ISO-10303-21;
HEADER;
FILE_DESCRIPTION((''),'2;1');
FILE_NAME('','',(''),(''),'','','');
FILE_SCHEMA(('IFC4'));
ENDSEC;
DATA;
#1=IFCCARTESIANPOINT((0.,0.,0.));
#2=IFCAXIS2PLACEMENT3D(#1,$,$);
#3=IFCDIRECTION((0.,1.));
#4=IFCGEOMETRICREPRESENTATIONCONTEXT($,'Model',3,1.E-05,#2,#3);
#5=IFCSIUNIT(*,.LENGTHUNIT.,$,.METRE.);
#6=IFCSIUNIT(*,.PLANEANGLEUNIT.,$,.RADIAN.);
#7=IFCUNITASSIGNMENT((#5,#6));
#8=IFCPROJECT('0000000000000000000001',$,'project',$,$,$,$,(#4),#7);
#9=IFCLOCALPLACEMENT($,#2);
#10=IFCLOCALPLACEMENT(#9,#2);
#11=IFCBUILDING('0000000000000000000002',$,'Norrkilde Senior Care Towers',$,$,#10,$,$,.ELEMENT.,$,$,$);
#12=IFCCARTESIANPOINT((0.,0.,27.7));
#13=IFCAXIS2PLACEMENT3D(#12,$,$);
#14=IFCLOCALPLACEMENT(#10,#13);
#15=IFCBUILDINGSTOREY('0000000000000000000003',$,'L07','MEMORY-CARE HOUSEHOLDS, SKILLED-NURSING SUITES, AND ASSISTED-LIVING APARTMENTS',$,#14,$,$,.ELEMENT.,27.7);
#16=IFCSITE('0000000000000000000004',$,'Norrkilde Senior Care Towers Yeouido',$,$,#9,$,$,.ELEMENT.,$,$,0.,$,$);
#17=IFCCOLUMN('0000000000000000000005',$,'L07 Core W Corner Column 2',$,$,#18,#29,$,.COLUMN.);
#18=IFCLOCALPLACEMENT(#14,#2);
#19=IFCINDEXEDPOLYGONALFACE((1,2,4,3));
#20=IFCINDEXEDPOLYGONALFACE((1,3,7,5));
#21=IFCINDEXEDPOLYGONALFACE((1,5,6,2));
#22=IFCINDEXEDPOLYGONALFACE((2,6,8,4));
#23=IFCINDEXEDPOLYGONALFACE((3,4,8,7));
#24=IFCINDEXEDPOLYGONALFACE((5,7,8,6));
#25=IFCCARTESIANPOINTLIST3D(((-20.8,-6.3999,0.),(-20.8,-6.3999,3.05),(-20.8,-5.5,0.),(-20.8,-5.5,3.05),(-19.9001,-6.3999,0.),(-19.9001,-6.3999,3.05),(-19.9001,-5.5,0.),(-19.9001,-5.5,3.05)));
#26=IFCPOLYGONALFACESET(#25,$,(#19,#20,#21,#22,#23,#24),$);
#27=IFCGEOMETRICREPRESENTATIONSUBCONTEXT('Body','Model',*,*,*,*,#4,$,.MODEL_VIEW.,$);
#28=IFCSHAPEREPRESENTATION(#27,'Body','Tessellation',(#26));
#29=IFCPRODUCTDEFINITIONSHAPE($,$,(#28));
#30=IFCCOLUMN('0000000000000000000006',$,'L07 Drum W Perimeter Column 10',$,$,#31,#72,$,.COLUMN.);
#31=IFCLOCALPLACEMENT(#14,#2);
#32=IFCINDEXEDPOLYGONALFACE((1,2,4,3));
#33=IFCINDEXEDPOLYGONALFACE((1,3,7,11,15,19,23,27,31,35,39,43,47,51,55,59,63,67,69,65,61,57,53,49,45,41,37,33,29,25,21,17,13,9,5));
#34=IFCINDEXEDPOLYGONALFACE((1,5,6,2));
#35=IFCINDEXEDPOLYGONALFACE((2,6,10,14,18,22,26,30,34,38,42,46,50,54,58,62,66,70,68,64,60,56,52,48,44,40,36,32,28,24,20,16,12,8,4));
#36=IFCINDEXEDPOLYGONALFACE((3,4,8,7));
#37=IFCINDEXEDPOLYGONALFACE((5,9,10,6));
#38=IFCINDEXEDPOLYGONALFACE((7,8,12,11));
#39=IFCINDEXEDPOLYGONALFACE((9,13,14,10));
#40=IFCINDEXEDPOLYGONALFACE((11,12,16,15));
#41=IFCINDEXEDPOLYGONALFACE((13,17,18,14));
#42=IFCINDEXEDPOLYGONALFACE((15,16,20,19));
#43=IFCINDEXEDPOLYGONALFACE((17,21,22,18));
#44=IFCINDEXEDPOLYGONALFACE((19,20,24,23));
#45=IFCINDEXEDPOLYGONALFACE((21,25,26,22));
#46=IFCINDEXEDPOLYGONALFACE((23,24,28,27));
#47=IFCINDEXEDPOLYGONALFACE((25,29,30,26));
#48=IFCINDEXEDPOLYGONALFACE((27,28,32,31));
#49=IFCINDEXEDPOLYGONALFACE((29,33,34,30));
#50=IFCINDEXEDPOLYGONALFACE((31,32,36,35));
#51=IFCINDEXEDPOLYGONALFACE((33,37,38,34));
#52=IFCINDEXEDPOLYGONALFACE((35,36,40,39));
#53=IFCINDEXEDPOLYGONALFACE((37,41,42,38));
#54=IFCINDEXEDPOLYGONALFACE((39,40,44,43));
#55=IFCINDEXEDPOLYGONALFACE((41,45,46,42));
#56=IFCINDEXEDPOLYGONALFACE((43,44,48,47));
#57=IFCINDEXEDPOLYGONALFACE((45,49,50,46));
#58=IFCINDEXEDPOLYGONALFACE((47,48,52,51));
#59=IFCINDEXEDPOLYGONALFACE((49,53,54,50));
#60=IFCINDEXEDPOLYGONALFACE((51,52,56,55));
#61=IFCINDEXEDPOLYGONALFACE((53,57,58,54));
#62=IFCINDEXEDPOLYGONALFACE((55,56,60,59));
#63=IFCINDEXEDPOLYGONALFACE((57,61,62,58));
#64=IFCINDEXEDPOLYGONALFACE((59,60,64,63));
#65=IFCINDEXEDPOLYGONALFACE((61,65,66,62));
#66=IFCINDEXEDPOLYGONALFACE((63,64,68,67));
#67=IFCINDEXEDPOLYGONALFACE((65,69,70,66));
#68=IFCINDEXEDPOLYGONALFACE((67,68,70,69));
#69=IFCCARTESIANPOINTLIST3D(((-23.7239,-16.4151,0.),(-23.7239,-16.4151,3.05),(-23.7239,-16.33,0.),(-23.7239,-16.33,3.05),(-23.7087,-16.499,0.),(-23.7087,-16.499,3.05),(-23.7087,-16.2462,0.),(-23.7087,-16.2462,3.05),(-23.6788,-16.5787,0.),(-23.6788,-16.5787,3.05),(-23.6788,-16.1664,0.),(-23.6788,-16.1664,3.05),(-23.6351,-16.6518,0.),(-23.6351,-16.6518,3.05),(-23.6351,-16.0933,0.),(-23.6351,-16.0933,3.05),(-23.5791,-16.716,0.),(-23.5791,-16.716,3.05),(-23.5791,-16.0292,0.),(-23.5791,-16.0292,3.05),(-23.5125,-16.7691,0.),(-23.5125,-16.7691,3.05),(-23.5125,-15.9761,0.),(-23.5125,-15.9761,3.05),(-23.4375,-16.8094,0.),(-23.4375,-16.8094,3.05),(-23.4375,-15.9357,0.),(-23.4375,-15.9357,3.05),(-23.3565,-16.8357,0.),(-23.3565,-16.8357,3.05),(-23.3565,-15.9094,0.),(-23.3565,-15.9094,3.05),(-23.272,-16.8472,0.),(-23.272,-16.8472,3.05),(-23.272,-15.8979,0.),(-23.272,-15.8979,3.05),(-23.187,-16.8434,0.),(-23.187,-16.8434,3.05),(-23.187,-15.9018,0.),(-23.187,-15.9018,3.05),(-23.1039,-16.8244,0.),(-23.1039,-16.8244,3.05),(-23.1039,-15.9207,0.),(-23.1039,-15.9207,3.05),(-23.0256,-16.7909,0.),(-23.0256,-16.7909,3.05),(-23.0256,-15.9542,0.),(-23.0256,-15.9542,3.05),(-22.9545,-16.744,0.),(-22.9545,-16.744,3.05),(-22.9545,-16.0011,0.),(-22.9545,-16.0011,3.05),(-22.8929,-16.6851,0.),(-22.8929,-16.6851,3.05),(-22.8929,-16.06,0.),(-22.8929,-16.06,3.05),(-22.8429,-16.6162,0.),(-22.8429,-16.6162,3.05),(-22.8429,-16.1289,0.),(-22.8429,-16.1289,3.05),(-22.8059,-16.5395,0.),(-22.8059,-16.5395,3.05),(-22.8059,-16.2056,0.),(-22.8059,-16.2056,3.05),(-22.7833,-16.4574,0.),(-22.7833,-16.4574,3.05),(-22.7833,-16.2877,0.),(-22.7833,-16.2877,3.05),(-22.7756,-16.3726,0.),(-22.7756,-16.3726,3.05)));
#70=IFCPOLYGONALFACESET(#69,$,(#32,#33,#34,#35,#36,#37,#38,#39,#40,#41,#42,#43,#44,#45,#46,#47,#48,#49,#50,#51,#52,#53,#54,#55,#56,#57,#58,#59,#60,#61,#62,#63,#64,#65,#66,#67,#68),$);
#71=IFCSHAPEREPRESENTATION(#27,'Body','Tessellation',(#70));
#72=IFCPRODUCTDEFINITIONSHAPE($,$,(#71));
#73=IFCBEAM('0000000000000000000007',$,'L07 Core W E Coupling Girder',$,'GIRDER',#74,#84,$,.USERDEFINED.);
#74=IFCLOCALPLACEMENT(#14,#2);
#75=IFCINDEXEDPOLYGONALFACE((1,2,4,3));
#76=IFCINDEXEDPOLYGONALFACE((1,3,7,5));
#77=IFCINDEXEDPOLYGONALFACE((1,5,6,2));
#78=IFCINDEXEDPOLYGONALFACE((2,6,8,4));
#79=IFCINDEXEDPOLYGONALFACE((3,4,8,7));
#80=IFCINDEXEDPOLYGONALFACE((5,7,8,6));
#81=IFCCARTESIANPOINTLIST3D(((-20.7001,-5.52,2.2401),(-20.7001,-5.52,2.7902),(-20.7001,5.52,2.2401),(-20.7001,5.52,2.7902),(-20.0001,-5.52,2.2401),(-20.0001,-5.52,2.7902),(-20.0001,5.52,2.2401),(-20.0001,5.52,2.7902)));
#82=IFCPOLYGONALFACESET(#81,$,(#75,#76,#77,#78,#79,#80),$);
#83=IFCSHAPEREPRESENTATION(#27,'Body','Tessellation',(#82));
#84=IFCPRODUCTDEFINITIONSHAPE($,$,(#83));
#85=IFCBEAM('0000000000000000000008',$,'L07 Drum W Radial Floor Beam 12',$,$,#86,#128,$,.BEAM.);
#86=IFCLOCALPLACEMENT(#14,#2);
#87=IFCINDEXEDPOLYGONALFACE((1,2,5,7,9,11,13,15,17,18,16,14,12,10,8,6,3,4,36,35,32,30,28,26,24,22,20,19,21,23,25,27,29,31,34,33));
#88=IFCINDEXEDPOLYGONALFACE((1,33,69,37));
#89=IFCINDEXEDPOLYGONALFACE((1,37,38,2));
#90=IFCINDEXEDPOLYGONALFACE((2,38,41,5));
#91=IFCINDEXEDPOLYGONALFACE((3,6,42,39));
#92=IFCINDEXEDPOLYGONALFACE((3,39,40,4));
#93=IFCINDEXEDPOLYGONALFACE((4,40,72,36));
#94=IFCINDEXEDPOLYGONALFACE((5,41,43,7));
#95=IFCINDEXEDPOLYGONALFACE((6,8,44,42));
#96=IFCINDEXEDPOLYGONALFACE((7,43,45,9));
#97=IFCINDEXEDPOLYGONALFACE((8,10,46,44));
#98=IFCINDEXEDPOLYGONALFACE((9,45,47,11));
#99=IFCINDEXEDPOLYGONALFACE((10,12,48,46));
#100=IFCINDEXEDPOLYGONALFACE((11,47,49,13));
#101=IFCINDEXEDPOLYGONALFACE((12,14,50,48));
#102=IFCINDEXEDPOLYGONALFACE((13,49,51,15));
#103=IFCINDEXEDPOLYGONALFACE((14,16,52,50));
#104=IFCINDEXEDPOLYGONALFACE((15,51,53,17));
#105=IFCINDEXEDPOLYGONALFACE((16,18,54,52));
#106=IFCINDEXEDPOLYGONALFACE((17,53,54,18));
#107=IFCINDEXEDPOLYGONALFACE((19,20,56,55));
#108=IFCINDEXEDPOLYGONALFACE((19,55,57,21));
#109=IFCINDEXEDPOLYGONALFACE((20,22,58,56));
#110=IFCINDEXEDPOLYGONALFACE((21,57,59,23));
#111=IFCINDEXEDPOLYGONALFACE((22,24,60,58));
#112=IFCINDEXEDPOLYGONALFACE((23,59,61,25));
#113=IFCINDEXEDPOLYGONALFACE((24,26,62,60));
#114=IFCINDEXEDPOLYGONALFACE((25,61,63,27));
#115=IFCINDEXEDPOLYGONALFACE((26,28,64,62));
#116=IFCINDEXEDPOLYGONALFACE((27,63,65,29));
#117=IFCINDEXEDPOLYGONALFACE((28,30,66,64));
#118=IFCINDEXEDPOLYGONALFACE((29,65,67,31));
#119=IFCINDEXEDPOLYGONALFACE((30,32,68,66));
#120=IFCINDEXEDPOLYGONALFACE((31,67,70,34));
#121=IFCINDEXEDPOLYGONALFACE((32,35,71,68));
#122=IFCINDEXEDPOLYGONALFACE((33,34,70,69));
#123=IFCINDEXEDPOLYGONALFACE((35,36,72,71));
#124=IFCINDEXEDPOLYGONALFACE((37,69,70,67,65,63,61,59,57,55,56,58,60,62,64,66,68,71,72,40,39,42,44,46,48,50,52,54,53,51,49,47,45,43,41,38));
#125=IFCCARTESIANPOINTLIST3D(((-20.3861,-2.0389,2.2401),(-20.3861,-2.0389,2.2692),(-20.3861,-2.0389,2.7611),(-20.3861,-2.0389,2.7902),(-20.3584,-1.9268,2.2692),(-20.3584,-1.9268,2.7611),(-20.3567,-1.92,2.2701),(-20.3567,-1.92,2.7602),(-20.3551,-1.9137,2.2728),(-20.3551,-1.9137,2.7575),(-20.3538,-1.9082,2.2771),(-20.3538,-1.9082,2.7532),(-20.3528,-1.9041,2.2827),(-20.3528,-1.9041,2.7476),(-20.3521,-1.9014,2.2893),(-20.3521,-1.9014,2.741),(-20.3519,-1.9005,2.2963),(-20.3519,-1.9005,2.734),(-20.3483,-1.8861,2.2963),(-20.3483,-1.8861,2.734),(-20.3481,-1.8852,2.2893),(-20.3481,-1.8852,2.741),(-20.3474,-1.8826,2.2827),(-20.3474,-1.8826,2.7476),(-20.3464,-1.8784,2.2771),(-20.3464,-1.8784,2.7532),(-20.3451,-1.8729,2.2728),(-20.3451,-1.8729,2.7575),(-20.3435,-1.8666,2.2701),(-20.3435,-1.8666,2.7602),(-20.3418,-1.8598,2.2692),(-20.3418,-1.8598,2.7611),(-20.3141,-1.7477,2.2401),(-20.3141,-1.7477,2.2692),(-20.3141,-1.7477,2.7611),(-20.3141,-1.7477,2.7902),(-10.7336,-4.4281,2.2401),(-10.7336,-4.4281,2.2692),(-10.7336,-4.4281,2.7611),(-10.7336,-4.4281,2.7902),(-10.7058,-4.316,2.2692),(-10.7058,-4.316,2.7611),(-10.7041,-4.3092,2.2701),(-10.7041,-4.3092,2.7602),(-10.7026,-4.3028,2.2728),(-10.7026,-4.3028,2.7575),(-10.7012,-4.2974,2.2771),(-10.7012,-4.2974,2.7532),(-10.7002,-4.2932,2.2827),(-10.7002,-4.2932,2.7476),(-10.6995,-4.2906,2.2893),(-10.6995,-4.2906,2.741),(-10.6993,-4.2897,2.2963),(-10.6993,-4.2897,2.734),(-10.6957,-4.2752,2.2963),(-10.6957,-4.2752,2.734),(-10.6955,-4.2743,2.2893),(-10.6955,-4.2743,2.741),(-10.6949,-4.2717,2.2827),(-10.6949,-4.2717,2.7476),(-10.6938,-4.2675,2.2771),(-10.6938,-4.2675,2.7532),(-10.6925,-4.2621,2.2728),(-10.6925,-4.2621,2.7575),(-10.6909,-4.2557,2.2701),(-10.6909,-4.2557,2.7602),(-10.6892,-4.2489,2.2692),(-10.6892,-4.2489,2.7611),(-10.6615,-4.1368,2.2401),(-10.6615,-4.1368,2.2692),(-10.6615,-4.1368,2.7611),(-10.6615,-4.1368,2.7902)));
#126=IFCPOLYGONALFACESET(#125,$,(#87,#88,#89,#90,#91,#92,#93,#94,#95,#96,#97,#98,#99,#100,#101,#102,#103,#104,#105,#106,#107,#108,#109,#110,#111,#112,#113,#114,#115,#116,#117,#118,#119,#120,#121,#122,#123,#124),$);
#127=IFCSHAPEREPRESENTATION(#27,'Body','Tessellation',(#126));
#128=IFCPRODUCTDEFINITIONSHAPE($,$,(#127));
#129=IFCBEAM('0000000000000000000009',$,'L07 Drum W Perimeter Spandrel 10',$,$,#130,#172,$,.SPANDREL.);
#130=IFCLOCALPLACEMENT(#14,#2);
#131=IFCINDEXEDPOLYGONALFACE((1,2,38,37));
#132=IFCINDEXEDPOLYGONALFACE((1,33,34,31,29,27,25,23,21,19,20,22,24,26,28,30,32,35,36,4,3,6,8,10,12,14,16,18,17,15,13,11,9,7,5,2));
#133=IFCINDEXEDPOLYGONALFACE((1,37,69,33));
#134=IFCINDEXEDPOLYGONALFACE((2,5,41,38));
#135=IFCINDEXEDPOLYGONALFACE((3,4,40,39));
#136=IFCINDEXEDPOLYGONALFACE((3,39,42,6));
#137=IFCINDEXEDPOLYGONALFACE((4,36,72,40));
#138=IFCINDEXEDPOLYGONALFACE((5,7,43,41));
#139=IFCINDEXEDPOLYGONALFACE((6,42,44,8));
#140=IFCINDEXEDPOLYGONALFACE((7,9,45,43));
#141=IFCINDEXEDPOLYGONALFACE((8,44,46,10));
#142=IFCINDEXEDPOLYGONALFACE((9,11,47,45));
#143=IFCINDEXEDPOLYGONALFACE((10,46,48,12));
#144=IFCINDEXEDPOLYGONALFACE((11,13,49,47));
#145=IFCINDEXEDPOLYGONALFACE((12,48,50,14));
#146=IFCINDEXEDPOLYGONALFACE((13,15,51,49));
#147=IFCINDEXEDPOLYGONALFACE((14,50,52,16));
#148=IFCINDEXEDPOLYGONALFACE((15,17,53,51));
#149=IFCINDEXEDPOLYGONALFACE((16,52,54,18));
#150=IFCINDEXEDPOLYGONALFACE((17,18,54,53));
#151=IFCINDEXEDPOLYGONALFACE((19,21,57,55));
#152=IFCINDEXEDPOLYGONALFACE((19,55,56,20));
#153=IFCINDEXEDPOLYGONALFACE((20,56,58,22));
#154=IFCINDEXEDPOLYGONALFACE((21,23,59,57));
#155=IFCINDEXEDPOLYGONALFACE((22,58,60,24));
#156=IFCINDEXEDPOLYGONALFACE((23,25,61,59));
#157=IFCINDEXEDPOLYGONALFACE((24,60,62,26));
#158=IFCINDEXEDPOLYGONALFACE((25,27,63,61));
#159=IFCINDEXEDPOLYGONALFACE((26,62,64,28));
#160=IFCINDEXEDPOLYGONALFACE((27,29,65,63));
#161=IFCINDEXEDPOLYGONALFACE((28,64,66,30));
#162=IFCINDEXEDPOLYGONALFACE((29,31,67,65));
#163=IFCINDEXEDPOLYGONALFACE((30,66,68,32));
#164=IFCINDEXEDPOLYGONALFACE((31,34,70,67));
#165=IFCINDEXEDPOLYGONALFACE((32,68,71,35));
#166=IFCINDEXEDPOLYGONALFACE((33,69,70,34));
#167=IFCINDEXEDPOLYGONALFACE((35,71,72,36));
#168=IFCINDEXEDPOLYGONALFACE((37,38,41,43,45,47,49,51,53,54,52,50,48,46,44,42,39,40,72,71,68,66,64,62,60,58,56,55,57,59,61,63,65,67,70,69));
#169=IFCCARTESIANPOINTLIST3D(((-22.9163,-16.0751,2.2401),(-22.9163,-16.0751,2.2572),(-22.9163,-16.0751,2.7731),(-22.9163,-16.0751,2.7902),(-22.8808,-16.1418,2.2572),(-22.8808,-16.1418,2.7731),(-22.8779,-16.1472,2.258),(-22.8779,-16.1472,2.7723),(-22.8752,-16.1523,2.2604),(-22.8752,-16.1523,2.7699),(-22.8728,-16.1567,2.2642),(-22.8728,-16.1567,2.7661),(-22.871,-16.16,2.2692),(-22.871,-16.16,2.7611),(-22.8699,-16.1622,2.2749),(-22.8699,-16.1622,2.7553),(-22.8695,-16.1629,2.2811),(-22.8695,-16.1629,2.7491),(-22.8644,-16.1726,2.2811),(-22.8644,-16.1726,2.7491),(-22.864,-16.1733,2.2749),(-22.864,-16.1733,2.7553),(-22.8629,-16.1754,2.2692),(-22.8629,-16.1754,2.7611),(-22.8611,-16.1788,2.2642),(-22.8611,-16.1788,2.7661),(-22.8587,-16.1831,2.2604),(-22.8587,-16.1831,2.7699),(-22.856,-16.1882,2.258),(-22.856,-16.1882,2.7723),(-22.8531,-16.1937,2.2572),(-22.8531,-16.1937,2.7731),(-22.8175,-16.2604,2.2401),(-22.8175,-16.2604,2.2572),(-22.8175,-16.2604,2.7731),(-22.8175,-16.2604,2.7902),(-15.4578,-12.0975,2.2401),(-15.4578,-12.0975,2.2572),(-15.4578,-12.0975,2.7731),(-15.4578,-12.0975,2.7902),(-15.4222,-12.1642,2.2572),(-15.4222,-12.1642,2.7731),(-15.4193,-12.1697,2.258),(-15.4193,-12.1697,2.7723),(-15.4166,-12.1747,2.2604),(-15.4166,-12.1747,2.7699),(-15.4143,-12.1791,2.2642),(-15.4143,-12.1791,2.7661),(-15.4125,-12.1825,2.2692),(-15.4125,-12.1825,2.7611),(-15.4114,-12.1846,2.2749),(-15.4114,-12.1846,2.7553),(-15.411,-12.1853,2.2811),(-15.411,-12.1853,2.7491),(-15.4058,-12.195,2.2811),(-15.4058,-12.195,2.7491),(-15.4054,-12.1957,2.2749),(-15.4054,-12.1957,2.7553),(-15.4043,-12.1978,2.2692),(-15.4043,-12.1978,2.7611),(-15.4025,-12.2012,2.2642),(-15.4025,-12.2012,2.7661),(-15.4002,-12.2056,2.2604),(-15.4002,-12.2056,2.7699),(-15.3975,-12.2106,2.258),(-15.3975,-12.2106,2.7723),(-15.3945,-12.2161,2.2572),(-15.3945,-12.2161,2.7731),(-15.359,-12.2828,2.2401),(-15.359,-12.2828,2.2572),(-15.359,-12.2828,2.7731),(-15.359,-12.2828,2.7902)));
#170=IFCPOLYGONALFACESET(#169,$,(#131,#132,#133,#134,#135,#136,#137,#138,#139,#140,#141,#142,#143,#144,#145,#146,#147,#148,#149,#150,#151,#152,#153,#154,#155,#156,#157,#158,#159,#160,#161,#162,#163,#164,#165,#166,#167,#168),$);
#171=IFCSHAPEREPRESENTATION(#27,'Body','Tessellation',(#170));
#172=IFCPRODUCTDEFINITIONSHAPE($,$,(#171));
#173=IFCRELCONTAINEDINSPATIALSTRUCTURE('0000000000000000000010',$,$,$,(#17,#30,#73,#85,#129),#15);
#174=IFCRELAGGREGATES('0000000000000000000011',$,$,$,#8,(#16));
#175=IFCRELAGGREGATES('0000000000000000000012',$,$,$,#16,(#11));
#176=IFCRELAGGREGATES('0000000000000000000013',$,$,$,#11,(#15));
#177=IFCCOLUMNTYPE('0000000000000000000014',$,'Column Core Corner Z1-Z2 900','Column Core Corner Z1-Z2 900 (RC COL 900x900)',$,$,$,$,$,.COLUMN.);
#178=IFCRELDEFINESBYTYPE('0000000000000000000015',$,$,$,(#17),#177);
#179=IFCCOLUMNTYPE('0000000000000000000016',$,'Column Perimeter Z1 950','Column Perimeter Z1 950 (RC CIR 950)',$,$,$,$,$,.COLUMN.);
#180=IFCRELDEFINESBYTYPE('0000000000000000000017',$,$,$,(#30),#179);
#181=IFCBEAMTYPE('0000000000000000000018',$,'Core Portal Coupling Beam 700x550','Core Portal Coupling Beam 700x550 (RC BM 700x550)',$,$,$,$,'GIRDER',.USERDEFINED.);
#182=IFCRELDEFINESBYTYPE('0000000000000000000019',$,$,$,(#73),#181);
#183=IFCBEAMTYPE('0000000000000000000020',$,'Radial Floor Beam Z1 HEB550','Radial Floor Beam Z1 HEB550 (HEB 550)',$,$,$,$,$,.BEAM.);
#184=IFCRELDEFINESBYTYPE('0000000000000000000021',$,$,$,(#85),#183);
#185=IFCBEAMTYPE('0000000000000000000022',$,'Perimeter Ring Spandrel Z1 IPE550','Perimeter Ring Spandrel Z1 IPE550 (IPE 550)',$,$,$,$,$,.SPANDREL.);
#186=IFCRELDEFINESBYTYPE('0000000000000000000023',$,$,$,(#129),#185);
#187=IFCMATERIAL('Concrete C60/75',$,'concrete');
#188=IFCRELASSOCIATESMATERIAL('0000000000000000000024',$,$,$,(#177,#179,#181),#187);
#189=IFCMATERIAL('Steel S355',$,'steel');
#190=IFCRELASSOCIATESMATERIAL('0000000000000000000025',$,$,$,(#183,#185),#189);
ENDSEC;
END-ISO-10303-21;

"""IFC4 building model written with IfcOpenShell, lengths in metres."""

from ifc_helpers import new_model, si_unit, direction, frame, origin, origin_2d, place, context, subcontext, project, spatial, rectangle, circle, i_section, extrude, source, transform, mapped, material, material_profile, profile_set, type_object, type_shapes, element, save


model = new_model("IFC4")

# Units and contexts
model_context = context("Model", 3, precision=1e-05, world=origin(), true_north=direction((0.0, 1.0)))
body_context = subcontext(model_context, "Body", "Model", "MODEL_VIEW")
ifc_project = project(units=[si_unit("LENGTHUNIT", "METRE"), si_unit("PLANEANGLEUNIT", "RADIAN")], contexts=[model_context])

# Site, building, storey
site_placement = place(None, origin())
site = spatial("IfcSite", under=ifc_project, at=site_placement, Name="Norrkilde Senior Care Towers Yeouido", CompositionType="ELEMENT", RefElevation=0.0)
building_placement = place(site_placement, origin())
building = spatial("IfcBuilding", under=site, at=building_placement, Name="Norrkilde Senior Care Towers", CompositionType="ELEMENT")
storey_placement = place(building_placement, frame((0.0, 0.0, 27.7)))
storey = spatial("IfcBuildingStorey", under=building, at=storey_placement, Name="L07", Description="MEMORY-CARE HOUSEHOLDS, SKILLED-NURSING SUITES, AND ASSISTED-LIVING APARTMENTS", CompositionType="ELEMENT", Elevation=27.7)

# Columns
ifc_material_1 = material(Name="Concrete C60/75", Category="concrete")
ifc_material_profile_1 = material_profile(ifc_material_1, rectangle(XDim=0.8999, YDim=0.8999, at=origin_2d()), Name="RC COL 900x900")
ifc_profile_set_1 = profile_set([ifc_material_profile_1], Name="Concrete C60/75")
column_type_1 = type_object("IfcColumnType", Name="Column Core Corner Z1-Z2 900", Description="Column Core Corner Z1-Z2 900 (RC COL 900x900)", PredefinedType="COLUMN", material=ifc_profile_set_1)
shared_shape_1 = source(origin(), body_context, "Body", "SweptSolid", [
    extrude(rectangle(XDim=0.8999, YDim=0.8999, at=origin_2d()), origin(), (0.0, 0.0, 1.0), 3.05),
])
type_shapes(column_type_1, [shared_shape_1])
column_1_placement = place(storey_placement, frame((-20.3501, -5.95, 0.0), z_axis=(0.0, 0.0, 1.0), x_axis=(1.0, 0.0, 0.0)))
element("IfcColumn", 1, at=column_1_placement, inside=storey, type_object=column_type_1, Name="L07 Core W Corner Column 2", PredefinedType="COLUMN", context=body_context, shape_type="MappedRepresentation", body=[
    mapped(shared_shape_1, transform((0.0, 0.0, 0.0), x_axis=(1.0, 0.0, 0.0), y_axis=(0.0, 1.0, 0.0), z_axis=(0.0, 0.0, 1.0), scale=1.0)),
])
ifc_material_profile_2 = material_profile(ifc_material_1, circle(Radius=0.4751, at=origin_2d()), Name="RC CIR 950")
ifc_profile_set_2 = profile_set([ifc_material_profile_2], Name="Concrete C60/75")
column_type_2 = type_object("IfcColumnType", Name="Column Perimeter Z1 950", Description="Column Perimeter Z1 950 (RC CIR 950)", PredefinedType="COLUMN", material=ifc_profile_set_2)
shared_shape_2 = source(origin(), body_context, "Body", "SweptSolid", [
    extrude(circle(Radius=0.4751, at=origin_2d()), origin(), (0.0, 0.0, 1.0), 3.05),
])
type_shapes(column_type_2, [shared_shape_2])
column_2_placement = place(storey_placement, frame((-23.2507, -16.3726, 0.0), z_axis=(0.0, 0.0, 1.0), x_axis=(1.0, 0.0, 0.0)))
element("IfcColumn", 2, at=column_2_placement, inside=storey, type_object=column_type_2, Name="L07 Drum W Perimeter Column 10", PredefinedType="COLUMN", context=body_context, shape_type="MappedRepresentation", body=[
    mapped(shared_shape_2, transform((0.0, 0.0, 0.0), x_axis=(1.0, 0.0, 0.0), y_axis=(0.0, 1.0, 0.0), z_axis=(0.0, 0.0, 1.0), scale=1.0)),
])

# Beams
ifc_material_profile_3 = material_profile(ifc_material_1, rectangle(XDim=0.7, YDim=0.55, at=origin_2d()), Name="RC BM 700x550")
ifc_profile_set_3 = profile_set([ifc_material_profile_3], Name="Concrete C60/75")
beam_type_1 = type_object("IfcBeamType", Name="Core Portal Coupling Beam 700x550", Description="Core Portal Coupling Beam 700x550 (RC BM 700x550)", ElementType="GIRDER", PredefinedType="USERDEFINED", material=ifc_profile_set_3)
shared_shape_3 = source(origin(), body_context, "Body", "SweptSolid", [
    extrude(rectangle(XDim=0.7, YDim=0.55, at=origin_2d()), origin(), (0.0, 0.0, 1.0), 11.04),
])
type_shapes(beam_type_1, [shared_shape_3])
beam_1_placement = place(storey_placement, frame((-20.3501, -5.52, 2.5151), z_axis=(0.0, 1.0, 0.0), x_axis=(-1.0, 0.0, 0.0)))
element("IfcBeam", 3, at=beam_1_placement, inside=storey, type_object=beam_type_1, Name="L07 Core W E Coupling Girder", ObjectType="GIRDER", PredefinedType="USERDEFINED", context=body_context, shape_type="MappedRepresentation", body=[
    mapped(shared_shape_3, transform((0.0, 0.0, 0.0), x_axis=(1.0, 0.0, 0.0), y_axis=(0.0, 1.0, 0.0), z_axis=(0.0, 0.0, 1.0), scale=1.0)),
])
ifc_material_2 = material(Name="Steel S355", Category="steel")
ifc_material_profile_4 = material_profile(ifc_material_2, i_section(OverallWidth=0.3, OverallDepth=0.55, WebThickness=0.0149, FlangeThickness=0.0291, FilletRadius=0.0271, at=origin_2d()), Name="HEB 550")
ifc_profile_set_4 = profile_set([ifc_material_profile_4], Name="Steel S355")
beam_type_2 = type_object("IfcBeamType", Name="Radial Floor Beam Z1 HEB550", Description="Radial Floor Beam Z1 HEB550 (HEB 550)", PredefinedType="BEAM", material=ifc_profile_set_4)
shared_shape_4 = source(origin(), body_context, "Body", "SweptSolid", [
    extrude(i_section(OverallWidth=0.3, OverallDepth=0.55, WebThickness=0.0149, FlangeThickness=0.0291, FilletRadius=0.0271, at=origin_2d()), origin(), (0.0, 0.0, 1.0), 9.9438),
])
beam_2_placement = place(storey_placement, frame((-20.3501, -1.8933, 2.5151), z_axis=(0.970707, -0.240265, 0.0), x_axis=(0.240265, 0.970707, 0.0)))
element("IfcBeam", 4, at=beam_2_placement, inside=storey, type_object=beam_type_2, Name="L07 Drum W Radial Floor Beam 12", PredefinedType="BEAM", context=body_context, shape_type="MappedRepresentation", body=[
    mapped(shared_shape_4, transform((0.0, 0.0, 0.0), x_axis=(1.0, 0.0, 0.0), y_axis=(0.0, 1.0, 0.0), z_axis=(0.0, 0.0, 1.0), scale=1.0)),
])
ifc_material_profile_5 = material_profile(ifc_material_2, i_section(OverallWidth=0.21, OverallDepth=0.55, WebThickness=0.011, FlangeThickness=0.0171, FilletRadius=0.0239, at=origin_2d()), Name="IPE 550")
ifc_profile_set_5 = profile_set([ifc_material_profile_5], Name="Steel S355")
beam_type_3 = type_object("IfcBeamType", Name="Perimeter Ring Spandrel Z1 IPE550", Description="Perimeter Ring Spandrel Z1 IPE550 (IPE 550)", PredefinedType="SPANDREL", material=ifc_profile_set_5)
shared_shape_5 = source(origin(), body_context, "Body", "SweptSolid", [
    extrude(i_section(OverallWidth=0.21, OverallDepth=0.55, WebThickness=0.011, FlangeThickness=0.0171, FilletRadius=0.0239, at=origin_2d()), origin(), (0.0, 0.0, 1.0), 8.4529),
])
type_shapes(beam_type_3, [shared_shape_5])
beam_3_placement = place(storey_placement, frame((-22.8669, -16.1677, 2.5151), z_axis=(0.882369, 0.470558, 0.0), x_axis=(-0.470558, 0.882369, 0.0)))
element("IfcBeam", 5, at=beam_3_placement, inside=storey, type_object=beam_type_3, Name="L07 Drum W Perimeter Spandrel 10", PredefinedType="SPANDREL", context=body_context, shape_type="MappedRepresentation", body=[
    mapped(shared_shape_5, transform((0.0, 0.0, 0.0), x_axis=(1.0, 0.0, 0.0), y_axis=(0.0, 1.0, 0.0), z_axis=(0.0, 0.0, 1.0), scale=1.0)),
])

save(model, "model.ifc")
